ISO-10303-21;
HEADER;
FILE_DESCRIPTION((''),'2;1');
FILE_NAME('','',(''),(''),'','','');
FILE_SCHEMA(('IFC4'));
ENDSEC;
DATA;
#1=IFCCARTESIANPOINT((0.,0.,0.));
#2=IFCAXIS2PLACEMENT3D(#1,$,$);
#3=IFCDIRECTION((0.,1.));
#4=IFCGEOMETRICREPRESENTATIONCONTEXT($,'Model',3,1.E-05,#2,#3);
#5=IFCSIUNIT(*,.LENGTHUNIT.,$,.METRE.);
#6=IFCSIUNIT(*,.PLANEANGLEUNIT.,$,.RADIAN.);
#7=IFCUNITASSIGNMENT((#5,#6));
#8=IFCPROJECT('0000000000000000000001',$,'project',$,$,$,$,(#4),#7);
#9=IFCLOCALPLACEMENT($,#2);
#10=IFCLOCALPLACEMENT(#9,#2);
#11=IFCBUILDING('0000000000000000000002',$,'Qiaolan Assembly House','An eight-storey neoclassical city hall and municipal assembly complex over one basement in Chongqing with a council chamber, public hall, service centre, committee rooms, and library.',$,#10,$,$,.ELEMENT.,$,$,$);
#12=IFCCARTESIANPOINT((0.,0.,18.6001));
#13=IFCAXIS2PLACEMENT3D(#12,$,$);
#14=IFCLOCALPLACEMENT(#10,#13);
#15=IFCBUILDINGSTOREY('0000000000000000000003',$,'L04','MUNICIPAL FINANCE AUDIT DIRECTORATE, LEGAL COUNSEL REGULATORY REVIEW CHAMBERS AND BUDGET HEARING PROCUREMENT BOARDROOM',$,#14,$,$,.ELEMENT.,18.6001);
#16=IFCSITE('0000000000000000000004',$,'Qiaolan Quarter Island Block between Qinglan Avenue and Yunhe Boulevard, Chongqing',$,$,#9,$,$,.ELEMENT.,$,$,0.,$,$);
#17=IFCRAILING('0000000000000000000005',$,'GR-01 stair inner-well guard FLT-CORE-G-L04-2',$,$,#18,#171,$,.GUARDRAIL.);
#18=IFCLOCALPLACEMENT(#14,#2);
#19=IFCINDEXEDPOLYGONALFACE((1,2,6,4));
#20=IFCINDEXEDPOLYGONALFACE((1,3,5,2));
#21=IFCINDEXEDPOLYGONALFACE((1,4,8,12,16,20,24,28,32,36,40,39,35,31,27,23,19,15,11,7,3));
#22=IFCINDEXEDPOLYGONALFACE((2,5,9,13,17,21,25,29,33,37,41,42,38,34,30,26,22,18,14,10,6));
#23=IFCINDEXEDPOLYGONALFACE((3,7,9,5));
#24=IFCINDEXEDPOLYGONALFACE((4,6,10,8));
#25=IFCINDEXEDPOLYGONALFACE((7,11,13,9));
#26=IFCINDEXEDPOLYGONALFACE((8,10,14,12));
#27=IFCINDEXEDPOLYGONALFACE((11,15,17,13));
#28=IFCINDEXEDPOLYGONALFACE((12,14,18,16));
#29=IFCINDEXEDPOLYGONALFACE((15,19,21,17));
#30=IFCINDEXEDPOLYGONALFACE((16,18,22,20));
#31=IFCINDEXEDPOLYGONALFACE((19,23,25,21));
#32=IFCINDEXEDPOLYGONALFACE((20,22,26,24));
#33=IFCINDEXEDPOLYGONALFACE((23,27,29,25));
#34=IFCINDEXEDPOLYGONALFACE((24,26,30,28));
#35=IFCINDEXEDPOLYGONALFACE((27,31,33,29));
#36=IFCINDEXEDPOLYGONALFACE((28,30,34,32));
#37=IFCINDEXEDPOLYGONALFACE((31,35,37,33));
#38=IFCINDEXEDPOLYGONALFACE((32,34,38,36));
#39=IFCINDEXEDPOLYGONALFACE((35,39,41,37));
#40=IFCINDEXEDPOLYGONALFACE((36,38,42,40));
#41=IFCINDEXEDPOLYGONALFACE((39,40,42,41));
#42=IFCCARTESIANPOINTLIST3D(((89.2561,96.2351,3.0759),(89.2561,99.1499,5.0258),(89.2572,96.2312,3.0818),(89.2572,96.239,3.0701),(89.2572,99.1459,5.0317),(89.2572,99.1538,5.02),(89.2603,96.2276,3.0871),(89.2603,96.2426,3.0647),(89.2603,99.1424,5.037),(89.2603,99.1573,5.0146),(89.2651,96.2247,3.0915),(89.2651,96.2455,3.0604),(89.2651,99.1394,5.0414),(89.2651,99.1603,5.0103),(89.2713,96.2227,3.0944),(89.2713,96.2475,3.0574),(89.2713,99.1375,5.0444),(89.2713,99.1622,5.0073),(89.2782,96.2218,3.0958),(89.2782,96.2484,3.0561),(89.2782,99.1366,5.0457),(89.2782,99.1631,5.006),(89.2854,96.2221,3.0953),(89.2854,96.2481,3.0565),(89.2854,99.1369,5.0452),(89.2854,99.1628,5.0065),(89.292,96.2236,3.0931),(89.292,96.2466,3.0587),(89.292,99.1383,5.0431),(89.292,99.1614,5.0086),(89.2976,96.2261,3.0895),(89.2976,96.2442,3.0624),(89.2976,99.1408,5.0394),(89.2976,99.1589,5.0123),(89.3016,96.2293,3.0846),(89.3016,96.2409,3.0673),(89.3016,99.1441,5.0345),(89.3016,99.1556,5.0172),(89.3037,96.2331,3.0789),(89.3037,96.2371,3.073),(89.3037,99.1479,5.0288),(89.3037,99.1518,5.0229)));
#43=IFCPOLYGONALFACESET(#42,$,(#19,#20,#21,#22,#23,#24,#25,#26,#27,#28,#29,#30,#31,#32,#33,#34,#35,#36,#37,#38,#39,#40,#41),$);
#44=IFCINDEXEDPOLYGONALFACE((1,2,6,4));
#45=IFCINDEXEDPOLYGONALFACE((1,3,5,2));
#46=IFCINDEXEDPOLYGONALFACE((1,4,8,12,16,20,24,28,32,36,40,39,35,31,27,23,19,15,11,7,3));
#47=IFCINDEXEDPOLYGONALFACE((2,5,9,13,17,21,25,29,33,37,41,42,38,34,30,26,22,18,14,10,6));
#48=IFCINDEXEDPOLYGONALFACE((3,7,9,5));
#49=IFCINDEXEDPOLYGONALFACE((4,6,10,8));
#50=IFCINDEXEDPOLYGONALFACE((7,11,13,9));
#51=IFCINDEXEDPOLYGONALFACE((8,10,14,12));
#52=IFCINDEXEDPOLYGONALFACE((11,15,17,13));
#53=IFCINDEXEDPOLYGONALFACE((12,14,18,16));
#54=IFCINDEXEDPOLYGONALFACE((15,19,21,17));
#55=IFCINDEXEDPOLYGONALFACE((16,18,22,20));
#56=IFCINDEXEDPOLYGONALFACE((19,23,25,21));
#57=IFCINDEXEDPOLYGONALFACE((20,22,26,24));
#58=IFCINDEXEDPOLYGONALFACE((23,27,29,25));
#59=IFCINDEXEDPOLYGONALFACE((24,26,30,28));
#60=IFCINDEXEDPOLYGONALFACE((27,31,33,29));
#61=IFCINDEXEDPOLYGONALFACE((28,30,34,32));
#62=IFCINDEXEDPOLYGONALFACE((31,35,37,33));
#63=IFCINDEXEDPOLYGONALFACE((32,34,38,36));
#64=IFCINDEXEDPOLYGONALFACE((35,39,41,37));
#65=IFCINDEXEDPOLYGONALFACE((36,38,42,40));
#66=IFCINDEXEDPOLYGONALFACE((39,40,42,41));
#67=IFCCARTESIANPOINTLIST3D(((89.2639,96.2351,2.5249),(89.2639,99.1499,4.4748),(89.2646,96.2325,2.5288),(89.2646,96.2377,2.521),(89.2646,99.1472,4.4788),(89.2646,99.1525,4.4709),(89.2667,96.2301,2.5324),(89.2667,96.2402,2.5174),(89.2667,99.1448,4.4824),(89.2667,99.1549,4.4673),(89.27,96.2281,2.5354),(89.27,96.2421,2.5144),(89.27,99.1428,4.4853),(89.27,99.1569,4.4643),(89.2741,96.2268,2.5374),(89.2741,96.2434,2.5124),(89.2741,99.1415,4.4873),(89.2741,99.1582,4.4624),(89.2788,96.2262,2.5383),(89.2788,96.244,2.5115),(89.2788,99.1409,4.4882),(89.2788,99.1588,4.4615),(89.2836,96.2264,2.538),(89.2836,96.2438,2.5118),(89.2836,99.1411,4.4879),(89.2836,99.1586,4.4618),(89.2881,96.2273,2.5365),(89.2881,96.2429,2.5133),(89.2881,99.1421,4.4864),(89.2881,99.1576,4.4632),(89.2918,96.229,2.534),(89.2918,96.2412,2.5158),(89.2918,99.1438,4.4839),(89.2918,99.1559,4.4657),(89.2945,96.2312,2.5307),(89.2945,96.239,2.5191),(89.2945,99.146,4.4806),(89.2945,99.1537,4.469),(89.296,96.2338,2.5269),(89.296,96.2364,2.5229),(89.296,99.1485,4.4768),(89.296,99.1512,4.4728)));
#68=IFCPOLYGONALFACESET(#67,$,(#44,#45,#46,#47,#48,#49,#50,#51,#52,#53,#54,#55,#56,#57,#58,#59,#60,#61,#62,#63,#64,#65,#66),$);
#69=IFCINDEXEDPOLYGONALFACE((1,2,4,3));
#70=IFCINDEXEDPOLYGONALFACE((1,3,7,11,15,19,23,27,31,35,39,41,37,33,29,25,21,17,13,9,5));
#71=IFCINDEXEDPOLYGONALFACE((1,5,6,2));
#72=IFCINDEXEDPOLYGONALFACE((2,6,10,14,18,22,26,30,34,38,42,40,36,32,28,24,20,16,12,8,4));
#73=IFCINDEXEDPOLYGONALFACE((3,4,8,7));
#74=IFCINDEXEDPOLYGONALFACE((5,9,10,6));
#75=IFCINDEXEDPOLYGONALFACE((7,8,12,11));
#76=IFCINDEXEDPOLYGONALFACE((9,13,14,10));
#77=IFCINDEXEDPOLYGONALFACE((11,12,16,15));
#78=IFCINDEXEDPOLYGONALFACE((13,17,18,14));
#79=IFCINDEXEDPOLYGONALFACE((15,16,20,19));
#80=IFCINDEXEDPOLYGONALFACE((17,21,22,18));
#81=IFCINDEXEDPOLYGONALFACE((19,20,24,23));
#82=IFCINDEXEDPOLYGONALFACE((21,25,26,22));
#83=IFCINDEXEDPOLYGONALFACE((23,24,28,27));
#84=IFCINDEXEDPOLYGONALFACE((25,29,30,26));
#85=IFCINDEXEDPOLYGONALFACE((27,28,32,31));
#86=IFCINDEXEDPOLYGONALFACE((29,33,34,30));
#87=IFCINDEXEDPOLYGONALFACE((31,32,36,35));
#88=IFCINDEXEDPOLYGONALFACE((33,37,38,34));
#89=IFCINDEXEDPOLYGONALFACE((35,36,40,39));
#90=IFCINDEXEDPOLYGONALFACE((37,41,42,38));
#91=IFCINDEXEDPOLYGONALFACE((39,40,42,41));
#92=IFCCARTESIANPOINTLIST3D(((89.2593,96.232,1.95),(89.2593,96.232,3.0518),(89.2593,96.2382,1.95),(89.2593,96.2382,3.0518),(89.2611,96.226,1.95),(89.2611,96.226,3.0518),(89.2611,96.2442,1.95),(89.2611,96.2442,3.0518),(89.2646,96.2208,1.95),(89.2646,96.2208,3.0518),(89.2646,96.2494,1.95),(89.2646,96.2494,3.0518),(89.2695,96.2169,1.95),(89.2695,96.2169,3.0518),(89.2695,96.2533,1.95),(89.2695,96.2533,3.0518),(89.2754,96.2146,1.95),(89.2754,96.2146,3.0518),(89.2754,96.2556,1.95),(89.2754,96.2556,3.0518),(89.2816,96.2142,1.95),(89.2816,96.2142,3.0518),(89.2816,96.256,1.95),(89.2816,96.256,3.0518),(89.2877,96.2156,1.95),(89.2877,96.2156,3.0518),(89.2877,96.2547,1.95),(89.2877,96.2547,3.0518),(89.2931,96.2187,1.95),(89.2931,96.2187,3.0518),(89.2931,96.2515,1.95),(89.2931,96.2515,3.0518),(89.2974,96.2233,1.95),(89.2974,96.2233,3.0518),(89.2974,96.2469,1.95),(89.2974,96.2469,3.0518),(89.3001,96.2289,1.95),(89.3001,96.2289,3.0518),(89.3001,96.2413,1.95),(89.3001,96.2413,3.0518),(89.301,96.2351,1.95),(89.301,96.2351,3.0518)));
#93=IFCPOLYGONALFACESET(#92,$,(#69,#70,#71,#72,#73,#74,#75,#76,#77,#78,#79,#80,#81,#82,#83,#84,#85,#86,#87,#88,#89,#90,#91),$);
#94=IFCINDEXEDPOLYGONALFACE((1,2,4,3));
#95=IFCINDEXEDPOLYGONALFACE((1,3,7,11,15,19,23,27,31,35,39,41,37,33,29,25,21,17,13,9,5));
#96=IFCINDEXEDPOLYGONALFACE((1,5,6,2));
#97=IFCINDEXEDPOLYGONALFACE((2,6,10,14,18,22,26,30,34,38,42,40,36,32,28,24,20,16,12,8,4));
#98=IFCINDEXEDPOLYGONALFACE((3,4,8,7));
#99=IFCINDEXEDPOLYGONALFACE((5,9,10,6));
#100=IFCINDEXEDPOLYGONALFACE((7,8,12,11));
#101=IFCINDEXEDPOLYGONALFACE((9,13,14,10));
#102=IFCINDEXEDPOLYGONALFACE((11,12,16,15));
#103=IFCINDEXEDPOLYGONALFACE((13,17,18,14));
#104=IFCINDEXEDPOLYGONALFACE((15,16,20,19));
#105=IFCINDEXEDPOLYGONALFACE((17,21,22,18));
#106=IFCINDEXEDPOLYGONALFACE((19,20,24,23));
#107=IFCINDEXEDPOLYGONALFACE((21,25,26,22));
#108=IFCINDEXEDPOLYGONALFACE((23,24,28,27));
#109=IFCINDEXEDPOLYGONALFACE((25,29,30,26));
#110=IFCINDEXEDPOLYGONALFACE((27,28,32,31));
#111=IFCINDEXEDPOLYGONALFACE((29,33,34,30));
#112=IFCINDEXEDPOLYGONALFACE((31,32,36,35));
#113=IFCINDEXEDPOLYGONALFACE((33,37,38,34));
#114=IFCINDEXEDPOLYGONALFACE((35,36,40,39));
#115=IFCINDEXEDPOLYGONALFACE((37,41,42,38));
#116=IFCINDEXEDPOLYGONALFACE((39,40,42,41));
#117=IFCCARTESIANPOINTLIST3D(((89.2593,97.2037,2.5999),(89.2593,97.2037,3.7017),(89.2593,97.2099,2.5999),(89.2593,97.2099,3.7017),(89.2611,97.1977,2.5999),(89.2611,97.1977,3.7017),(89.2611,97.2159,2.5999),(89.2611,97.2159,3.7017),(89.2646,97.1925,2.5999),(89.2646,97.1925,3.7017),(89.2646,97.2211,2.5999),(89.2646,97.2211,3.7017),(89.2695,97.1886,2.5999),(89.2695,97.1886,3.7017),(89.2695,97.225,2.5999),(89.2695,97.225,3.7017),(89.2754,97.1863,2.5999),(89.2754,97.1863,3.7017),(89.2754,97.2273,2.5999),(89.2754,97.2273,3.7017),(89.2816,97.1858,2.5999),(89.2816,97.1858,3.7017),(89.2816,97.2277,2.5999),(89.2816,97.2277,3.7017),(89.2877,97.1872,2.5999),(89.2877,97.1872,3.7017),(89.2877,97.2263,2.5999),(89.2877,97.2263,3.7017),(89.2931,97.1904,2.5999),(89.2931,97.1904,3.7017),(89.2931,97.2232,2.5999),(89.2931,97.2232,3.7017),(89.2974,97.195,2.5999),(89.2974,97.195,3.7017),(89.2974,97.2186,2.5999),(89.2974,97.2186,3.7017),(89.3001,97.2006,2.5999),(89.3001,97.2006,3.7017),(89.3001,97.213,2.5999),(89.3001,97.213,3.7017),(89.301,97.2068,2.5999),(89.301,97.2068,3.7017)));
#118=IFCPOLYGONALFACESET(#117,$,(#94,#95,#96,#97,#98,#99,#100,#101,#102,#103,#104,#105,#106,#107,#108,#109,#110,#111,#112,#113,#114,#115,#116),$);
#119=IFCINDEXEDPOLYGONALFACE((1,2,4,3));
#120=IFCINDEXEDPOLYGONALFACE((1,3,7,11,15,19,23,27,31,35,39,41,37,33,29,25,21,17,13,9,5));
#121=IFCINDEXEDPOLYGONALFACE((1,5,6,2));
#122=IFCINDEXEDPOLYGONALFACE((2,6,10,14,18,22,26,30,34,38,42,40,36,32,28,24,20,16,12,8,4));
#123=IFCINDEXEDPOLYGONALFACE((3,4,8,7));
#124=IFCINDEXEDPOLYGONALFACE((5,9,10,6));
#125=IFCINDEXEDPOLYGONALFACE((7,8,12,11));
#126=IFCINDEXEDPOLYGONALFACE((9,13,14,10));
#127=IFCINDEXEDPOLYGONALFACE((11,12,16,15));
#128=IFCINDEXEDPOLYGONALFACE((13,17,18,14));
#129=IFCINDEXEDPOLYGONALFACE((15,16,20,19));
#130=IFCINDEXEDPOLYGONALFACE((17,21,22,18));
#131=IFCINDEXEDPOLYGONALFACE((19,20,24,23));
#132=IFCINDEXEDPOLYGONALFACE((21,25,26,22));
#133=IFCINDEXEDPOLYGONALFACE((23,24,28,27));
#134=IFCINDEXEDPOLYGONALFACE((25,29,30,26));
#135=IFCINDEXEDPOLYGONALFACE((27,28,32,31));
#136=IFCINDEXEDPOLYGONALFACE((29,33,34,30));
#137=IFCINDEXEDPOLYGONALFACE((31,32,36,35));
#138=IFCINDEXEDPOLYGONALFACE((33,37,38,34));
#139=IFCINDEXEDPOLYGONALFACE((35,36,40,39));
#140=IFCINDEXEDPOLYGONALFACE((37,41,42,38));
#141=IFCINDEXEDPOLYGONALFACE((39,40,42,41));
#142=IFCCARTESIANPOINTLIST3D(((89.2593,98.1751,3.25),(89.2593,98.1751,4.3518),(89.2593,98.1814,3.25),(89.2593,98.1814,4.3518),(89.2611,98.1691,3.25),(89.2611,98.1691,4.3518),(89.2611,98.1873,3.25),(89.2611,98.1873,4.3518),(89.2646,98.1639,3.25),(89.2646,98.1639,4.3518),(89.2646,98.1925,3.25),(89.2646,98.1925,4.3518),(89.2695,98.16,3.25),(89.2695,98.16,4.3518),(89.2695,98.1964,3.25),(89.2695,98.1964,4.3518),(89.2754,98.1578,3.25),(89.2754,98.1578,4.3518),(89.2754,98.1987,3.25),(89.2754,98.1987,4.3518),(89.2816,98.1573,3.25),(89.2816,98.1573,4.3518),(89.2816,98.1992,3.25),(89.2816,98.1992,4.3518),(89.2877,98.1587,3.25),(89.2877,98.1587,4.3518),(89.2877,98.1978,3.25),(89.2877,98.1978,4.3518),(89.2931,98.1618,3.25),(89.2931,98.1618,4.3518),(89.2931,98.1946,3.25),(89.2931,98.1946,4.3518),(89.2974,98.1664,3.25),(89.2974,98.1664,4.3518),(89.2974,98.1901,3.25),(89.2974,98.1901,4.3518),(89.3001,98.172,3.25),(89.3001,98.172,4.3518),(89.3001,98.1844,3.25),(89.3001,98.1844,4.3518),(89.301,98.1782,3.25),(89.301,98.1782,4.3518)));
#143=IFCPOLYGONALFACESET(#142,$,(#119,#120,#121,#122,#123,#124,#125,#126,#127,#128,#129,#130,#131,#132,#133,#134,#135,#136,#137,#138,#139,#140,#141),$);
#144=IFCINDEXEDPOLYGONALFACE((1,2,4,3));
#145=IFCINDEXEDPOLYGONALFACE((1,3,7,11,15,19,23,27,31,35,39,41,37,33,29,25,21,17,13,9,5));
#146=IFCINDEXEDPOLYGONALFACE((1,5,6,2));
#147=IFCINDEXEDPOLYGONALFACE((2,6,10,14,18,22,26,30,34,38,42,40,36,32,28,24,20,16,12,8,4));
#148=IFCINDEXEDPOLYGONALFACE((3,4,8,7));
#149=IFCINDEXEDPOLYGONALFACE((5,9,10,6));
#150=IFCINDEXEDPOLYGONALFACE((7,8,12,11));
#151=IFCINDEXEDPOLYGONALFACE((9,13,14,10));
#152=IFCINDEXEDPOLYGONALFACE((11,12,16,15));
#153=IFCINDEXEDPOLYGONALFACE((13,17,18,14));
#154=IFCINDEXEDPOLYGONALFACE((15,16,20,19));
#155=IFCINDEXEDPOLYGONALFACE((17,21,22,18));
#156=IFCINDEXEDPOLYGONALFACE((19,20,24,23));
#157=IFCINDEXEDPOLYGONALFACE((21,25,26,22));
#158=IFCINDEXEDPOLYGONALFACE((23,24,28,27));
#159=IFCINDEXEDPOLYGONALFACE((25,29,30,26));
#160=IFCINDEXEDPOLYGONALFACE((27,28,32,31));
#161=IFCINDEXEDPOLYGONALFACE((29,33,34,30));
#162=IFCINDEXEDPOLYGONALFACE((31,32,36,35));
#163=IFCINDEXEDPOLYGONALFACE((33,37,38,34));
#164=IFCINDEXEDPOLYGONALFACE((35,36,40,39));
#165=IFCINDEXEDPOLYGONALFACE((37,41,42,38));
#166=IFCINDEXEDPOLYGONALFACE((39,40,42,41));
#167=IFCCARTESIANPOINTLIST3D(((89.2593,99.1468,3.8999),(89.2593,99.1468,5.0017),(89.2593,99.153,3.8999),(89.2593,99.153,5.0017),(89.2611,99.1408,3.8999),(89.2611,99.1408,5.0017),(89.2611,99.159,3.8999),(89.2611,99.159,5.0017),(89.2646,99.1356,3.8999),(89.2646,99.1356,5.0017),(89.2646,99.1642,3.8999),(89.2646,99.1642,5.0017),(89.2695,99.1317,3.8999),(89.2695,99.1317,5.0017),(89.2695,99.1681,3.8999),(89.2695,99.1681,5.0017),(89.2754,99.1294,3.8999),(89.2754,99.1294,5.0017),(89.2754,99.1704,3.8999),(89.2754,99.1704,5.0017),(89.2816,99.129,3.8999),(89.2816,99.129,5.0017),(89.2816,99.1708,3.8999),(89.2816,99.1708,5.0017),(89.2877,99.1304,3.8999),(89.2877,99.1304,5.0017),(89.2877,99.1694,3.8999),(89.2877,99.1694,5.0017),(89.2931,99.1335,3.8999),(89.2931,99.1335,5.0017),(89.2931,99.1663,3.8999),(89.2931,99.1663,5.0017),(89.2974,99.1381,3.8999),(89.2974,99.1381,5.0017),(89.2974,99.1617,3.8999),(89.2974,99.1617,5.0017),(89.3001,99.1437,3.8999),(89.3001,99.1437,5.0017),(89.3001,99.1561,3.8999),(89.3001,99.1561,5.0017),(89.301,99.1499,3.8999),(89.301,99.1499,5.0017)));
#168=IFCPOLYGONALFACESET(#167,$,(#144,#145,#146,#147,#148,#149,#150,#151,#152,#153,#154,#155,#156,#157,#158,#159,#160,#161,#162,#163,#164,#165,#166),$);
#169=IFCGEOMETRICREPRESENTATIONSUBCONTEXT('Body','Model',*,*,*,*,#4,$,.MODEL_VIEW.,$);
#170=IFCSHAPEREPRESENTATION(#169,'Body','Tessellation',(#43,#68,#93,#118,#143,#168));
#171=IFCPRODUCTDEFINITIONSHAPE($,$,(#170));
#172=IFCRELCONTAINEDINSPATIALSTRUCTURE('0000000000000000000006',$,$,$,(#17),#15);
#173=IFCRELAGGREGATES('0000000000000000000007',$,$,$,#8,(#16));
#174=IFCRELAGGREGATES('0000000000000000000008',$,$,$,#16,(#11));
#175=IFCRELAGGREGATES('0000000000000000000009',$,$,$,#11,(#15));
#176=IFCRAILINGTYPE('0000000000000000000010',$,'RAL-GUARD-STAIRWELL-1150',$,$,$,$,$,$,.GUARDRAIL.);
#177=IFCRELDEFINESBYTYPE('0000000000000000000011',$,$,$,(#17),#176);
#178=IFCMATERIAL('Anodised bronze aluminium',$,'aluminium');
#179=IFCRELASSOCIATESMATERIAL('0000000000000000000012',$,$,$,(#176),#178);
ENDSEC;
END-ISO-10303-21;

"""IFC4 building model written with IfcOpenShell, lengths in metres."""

from ifc_helpers import new_model, si_unit, direction, frame, origin, origin_2d, place, context, subcontext, project, spatial, circle, extrude, material, type_object, element, save


model = new_model("IFC4")

# Units and contexts
model_context = context("Model", 3, precision=1e-05, world=origin(), true_north=direction((0.0, 1.0)))
body_context = subcontext(model_context, "Body", "Model", "MODEL_VIEW")
ifc_project = project(units=[si_unit("LENGTHUNIT", "METRE"), si_unit("PLANEANGLEUNIT", "RADIAN")], contexts=[model_context])

# Site, building, storey
site_placement = place(None, origin())
site = spatial("IfcSite", under=ifc_project, at=site_placement, Name="Qiaolan Quarter Island Block between Qinglan Avenue and Yunhe Boulevard, Chongqing", CompositionType="ELEMENT", RefElevation=0.0)
building_placement = place(site_placement, origin())
building = spatial("IfcBuilding", under=site, at=building_placement, Name="Qiaolan Assembly House", Description="An eight-storey neoclassical city hall and municipal assembly complex over one basement in Chongqing with a council chamber, public hall, service centre, committee rooms, and library.", CompositionType="ELEMENT")
storey_placement = place(building_placement, frame((0.0, 0.0, 18.6001)))
storey = spatial("IfcBuildingStorey", under=building, at=storey_placement, Name="L04", Description="MUNICIPAL FINANCE AUDIT DIRECTORATE, LEGAL COUNSEL REGULATORY REVIEW CHAMBERS AND BUDGET HEARING PROCUREMENT BOARDROOM", CompositionType="ELEMENT", Elevation=18.6001)

# Railing
ifc_material_1 = material(Name="Anodised bronze aluminium", Category="aluminium")
railing_type_1 = type_object("IfcRailingType", Name="RAL-GUARD-STAIRWELL-1150", PredefinedType="GUARDRAIL", material=ifc_material_1)
railing_1_placement = place(storey_placement, frame((89.28, 96.2351, 1.95)))
element("IfcRailing", 1, at=railing_1_placement, inside=storey, type_object=railing_type_1, Name="GR-01 stair inner-well guard FLT-CORE-G-L04-2", PredefinedType="GUARDRAIL", context=body_context, shape_type="SweptSolid", body=[
    extrude(circle(Radius=0.0239, at=origin_2d()), frame((0.0, 0.0, 1.126), z_axis=(0.0, 0.83116, 0.556033), x_axis=(-1.0, 0.0, 0.0)), (0.0, 0.0, 1.0), 3.5068),
    extrude(circle(Radius=0.0161, at=origin_2d()), frame((0.0, 0.0, 0.575), z_axis=(0.0, 0.83116, 0.556033), x_axis=(-1.0, 0.0, 0.0)), (0.0, 0.0, 1.0), 3.5068),
    extrude(circle(Radius=0.021, at=origin_2d()), origin(), (0.0, 0.0, 1.0), 1.1018),
    extrude(circle(Radius=0.021, at=origin_2d()), frame((0.0, 0.9717, 0.6499)), (0.0, 0.0, 1.0), 1.1018),
    extrude(circle(Radius=0.021, at=origin_2d()), frame((0.0, 1.9431, 1.3)), (0.0, 0.0, 1.0), 1.1018),
    extrude(circle(Radius=0.021, at=origin_2d()), frame((0.0, 2.9148, 1.95)), (0.0, 0.0, 1.0), 1.1018),
])

save(model, "model.ifc")
